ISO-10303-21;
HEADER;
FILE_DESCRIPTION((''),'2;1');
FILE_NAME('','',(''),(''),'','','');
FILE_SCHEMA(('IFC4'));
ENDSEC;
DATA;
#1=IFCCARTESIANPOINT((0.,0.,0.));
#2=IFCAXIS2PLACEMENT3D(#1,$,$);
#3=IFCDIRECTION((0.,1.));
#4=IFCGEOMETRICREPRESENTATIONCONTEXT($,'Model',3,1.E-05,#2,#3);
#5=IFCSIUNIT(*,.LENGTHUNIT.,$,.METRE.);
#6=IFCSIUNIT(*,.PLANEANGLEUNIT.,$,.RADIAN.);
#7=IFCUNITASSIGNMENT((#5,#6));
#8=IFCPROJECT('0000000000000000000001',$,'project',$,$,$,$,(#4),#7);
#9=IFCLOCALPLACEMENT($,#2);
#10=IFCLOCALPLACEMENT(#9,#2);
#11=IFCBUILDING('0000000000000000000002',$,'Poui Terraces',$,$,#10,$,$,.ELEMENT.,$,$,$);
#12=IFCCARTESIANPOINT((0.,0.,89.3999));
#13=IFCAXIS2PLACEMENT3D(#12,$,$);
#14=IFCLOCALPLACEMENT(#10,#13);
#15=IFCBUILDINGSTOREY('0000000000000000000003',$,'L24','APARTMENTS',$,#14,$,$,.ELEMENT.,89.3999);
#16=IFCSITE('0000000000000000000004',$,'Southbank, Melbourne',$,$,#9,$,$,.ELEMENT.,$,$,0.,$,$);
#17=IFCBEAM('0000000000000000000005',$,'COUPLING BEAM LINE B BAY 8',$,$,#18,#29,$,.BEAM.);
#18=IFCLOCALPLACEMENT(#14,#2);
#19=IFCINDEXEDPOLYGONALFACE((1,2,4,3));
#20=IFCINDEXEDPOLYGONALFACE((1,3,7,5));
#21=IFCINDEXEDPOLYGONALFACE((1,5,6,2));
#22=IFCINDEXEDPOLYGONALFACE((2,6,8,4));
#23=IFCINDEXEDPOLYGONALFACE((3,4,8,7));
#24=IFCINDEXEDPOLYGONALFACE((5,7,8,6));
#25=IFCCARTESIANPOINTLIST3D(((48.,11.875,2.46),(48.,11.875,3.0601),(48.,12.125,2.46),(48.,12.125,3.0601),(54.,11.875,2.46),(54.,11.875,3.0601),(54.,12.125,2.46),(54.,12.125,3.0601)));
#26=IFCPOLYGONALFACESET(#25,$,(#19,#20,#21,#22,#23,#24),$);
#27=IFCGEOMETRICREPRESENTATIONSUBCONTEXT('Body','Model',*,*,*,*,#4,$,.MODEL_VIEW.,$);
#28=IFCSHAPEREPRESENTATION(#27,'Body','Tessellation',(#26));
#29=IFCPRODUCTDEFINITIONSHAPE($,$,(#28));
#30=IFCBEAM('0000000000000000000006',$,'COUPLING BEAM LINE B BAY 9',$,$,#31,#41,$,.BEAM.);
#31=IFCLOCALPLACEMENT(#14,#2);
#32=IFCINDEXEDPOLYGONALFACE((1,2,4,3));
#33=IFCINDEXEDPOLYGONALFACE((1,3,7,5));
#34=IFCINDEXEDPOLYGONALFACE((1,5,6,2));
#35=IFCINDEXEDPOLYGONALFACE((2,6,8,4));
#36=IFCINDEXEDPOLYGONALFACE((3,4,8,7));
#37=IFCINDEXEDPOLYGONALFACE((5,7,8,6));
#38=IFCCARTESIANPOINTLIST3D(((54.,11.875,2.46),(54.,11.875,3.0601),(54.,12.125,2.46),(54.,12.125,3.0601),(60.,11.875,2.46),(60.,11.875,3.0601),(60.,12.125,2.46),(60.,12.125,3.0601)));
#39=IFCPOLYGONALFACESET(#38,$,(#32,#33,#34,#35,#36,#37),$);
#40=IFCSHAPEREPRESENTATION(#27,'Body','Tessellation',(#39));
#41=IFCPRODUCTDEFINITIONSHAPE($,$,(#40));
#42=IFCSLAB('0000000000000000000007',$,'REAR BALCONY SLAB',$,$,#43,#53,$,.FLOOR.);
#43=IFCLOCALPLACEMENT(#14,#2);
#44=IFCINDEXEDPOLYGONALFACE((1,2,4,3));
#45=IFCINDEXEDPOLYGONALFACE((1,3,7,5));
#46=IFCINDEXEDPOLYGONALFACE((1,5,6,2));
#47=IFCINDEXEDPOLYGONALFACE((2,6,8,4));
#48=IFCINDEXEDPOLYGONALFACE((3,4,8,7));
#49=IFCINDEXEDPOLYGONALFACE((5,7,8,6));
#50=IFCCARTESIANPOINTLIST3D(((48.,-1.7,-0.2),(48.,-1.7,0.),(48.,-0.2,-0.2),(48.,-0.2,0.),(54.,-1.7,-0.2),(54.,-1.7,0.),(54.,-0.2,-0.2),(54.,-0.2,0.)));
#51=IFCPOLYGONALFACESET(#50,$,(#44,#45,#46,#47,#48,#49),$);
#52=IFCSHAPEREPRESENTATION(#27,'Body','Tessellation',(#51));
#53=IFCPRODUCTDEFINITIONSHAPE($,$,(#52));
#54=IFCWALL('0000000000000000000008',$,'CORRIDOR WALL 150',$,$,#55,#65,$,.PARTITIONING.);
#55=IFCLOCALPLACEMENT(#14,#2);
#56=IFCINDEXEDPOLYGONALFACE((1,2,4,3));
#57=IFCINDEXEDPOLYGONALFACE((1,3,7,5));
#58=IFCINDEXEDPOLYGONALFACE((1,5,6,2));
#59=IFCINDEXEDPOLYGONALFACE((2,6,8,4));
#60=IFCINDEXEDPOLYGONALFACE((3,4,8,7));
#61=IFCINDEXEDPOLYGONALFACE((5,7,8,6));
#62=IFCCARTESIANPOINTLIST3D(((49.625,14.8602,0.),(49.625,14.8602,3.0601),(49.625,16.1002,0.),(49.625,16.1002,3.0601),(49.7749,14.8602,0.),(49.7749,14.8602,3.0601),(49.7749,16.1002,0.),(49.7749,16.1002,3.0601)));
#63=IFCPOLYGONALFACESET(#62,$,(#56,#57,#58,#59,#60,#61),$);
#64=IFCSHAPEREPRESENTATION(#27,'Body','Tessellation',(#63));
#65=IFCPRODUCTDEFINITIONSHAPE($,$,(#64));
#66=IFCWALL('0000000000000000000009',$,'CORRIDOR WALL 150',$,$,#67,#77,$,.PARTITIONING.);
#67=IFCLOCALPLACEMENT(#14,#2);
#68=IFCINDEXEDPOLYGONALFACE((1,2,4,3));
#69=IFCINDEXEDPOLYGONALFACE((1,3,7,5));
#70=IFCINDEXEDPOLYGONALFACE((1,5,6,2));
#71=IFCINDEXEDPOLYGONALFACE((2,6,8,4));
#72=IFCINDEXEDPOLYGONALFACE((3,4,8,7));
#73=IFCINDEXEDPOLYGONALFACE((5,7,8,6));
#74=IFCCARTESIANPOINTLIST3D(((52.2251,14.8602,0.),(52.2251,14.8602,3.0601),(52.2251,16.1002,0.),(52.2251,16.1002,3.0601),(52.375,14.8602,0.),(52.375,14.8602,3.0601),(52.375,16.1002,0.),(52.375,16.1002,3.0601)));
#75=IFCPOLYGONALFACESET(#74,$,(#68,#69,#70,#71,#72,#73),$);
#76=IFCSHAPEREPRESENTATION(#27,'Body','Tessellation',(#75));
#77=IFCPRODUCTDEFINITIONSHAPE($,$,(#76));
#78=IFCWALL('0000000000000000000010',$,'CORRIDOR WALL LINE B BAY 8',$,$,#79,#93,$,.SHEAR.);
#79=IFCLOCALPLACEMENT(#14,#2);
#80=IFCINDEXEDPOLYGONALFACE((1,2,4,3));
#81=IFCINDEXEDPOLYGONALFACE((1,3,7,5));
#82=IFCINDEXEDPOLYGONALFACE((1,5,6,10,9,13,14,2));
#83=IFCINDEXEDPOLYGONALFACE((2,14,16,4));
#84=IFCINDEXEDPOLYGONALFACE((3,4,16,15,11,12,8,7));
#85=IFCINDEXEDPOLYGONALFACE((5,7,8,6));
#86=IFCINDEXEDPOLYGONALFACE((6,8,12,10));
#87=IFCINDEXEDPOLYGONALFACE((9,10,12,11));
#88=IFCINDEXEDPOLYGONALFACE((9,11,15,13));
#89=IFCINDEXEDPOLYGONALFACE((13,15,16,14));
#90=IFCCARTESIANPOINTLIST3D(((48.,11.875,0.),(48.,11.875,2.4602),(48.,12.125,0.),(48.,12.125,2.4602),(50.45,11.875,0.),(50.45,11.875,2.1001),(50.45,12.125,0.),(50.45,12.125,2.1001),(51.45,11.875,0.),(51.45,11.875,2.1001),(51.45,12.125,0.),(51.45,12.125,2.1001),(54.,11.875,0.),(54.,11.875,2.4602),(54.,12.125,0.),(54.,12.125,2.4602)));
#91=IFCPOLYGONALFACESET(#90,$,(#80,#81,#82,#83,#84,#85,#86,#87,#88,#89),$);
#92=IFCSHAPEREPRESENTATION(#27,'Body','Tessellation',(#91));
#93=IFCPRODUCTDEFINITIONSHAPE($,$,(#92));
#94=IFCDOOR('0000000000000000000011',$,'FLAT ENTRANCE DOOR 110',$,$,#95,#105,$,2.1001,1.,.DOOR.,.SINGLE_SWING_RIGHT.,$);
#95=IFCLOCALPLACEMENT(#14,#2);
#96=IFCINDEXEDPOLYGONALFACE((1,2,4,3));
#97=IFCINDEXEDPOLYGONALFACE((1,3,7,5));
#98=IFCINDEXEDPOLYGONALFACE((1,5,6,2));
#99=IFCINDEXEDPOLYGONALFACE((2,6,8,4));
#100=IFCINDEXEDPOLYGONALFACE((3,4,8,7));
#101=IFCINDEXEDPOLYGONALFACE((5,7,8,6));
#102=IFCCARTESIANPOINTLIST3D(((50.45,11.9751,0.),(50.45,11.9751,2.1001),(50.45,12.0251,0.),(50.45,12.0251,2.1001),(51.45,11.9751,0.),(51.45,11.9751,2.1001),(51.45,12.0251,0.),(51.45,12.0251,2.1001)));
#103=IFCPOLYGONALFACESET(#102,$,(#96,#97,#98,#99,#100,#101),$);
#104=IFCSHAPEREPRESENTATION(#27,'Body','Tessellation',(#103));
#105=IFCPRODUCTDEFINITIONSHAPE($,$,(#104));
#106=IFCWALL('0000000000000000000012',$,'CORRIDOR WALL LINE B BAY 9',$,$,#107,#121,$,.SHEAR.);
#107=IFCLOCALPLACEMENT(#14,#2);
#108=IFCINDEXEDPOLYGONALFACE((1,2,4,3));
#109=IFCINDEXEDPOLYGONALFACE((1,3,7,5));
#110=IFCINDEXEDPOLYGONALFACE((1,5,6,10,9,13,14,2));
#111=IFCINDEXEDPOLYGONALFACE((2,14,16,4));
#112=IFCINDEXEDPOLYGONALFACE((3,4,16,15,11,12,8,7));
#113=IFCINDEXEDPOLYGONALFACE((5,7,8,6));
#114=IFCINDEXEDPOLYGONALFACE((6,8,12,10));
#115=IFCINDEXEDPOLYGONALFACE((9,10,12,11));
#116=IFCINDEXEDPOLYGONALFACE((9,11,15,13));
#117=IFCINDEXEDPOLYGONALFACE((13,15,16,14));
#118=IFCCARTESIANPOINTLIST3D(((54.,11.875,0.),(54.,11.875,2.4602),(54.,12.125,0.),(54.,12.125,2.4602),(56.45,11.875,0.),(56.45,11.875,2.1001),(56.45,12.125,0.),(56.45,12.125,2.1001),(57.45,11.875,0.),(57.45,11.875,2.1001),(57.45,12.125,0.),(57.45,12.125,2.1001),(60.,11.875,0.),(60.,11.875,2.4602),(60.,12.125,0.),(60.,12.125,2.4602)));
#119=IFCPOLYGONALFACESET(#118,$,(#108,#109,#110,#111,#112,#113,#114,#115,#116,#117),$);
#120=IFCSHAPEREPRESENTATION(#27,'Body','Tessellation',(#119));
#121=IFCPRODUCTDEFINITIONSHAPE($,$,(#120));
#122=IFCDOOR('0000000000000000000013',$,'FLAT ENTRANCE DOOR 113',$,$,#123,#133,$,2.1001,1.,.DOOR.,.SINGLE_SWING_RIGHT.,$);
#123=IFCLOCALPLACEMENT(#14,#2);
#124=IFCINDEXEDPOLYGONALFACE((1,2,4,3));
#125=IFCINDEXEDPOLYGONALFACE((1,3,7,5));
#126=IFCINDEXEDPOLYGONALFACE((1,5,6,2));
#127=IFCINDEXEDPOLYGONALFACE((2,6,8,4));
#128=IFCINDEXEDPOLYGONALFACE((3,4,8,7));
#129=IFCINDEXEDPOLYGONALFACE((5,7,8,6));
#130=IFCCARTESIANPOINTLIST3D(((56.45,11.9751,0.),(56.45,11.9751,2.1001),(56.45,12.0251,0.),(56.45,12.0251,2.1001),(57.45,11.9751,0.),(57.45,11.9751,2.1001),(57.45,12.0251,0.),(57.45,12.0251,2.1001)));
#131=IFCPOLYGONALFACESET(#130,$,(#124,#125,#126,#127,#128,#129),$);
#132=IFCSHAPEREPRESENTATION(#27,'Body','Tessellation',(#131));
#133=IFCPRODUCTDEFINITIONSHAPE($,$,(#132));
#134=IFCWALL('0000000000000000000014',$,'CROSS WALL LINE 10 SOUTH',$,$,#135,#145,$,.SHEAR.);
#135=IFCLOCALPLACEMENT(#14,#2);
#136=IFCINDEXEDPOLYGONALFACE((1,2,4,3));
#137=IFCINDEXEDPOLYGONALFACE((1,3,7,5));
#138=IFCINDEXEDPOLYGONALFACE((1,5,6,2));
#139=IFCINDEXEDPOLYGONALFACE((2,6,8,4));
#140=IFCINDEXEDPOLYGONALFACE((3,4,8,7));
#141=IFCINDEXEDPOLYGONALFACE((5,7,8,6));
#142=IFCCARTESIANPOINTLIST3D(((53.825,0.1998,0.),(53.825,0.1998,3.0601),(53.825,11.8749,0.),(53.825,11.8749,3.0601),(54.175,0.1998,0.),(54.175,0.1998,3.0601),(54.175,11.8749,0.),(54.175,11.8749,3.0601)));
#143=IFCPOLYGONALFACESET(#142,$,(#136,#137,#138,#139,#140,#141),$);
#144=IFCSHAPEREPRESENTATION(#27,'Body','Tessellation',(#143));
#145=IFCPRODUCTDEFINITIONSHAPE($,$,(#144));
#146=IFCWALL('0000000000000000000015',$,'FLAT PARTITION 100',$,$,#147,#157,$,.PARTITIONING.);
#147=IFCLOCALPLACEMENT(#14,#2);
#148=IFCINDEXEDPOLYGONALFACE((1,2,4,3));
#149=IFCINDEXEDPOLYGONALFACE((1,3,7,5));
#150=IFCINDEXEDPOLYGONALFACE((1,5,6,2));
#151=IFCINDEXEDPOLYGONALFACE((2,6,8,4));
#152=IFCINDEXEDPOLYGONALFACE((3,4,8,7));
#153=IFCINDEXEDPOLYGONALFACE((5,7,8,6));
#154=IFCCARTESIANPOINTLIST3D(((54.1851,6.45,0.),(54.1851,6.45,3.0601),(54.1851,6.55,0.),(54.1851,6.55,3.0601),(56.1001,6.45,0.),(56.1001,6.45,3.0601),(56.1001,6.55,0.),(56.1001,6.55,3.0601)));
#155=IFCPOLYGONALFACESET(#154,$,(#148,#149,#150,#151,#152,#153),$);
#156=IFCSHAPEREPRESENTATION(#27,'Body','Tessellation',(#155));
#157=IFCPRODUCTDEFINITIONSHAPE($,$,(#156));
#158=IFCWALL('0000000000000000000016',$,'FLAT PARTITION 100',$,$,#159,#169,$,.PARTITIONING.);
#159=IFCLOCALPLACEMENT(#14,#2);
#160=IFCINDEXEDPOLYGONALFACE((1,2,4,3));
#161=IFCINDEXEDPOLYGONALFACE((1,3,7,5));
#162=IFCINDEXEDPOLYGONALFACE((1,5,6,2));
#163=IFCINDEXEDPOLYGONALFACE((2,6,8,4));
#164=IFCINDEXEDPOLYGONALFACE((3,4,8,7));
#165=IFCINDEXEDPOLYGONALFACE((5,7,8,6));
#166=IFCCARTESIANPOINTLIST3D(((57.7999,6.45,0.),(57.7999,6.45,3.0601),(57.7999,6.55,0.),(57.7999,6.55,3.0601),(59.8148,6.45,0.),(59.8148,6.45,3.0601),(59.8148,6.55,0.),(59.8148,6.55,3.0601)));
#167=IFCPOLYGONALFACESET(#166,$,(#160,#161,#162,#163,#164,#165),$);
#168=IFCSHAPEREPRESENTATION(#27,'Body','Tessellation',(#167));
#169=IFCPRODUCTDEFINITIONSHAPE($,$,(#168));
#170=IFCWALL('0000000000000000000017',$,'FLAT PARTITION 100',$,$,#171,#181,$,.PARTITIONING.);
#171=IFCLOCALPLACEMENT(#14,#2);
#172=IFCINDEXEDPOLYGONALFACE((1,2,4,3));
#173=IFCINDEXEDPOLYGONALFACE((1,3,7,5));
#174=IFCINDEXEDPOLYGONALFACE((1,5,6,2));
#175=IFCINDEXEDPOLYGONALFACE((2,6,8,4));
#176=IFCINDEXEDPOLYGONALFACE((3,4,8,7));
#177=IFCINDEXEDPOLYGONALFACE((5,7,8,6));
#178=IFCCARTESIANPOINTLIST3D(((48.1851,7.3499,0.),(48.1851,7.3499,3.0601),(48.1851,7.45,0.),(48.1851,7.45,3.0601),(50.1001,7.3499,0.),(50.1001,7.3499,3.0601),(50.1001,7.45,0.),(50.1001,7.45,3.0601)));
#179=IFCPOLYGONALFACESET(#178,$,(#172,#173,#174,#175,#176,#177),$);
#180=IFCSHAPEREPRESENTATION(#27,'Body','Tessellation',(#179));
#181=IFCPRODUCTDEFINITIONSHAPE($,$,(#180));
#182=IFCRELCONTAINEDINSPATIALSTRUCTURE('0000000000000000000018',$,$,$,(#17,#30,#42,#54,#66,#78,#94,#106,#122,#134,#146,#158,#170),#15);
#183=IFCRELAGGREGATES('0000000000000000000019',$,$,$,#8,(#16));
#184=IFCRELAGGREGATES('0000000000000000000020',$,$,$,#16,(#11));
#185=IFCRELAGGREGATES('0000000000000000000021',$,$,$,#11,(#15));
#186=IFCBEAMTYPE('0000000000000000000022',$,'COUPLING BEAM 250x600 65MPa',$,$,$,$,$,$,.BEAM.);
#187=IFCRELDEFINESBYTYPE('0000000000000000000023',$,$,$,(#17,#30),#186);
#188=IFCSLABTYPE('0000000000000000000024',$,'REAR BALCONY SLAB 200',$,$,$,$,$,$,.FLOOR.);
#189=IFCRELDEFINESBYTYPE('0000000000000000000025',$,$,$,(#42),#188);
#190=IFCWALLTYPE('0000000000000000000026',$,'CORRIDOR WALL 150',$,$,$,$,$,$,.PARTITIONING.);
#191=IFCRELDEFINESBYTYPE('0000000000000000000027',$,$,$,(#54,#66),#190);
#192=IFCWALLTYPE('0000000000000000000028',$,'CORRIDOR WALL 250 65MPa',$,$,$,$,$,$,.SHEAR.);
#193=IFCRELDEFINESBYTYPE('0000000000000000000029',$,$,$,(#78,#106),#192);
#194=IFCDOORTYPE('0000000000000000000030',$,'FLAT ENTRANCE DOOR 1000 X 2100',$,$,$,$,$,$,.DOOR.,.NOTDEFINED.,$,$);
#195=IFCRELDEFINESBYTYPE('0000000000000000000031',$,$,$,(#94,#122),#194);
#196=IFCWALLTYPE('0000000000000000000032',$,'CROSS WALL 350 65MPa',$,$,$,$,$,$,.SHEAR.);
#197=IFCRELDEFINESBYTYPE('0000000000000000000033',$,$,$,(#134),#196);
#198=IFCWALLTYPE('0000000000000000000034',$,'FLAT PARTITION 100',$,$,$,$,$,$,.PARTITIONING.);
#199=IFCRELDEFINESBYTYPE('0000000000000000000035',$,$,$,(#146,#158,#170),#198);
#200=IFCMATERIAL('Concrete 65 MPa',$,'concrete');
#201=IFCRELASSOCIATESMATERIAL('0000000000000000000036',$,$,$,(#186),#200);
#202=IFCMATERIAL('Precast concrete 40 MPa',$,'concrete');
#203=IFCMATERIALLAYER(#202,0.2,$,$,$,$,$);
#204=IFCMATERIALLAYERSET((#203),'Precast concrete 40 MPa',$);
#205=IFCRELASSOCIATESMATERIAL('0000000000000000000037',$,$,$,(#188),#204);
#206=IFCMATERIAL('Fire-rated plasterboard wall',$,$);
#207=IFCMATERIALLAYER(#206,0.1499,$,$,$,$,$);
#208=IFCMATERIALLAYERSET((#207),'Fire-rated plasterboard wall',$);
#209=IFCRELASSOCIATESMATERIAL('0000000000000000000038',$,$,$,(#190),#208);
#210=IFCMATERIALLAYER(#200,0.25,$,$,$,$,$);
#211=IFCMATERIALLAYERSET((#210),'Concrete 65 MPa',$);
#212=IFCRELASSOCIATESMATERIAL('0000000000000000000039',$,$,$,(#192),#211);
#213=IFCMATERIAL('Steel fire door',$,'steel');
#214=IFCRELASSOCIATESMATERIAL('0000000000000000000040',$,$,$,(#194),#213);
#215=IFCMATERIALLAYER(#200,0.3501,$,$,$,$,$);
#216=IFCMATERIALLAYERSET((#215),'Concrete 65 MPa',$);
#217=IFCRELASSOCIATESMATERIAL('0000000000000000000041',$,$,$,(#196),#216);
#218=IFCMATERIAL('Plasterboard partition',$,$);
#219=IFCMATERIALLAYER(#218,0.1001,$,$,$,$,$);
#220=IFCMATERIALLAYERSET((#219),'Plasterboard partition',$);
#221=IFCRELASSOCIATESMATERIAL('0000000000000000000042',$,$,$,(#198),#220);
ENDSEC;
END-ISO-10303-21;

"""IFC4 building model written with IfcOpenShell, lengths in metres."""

from ifc_helpers import new_model, si_unit, direction, frame, frame_2d, origin, origin_2d, place, context, subcontext, project, spatial, polyline, rectangle, outline, extrude, source, transform, mapped, material, layer, layer_set, material_profile, profile_set, type_object, element, fill, save


model = new_model("IFC4")

# Units and contexts
model_context = context("Model", 3, precision=1e-05, world=origin(), true_north=direction((0.0, 1.0)))
body_context = subcontext(model_context, "Body", "Model", "MODEL_VIEW")
ifc_project = project(units=[si_unit("LENGTHUNIT", "METRE"), si_unit("PLANEANGLEUNIT", "RADIAN")], contexts=[model_context])

# Site, building, storey
site_placement = place(None, origin())
site = spatial("IfcSite", under=ifc_project, at=site_placement, Name="Southbank, Melbourne", CompositionType="ELEMENT", RefElevation=0.0)
building_placement = place(site_placement, origin())
building = spatial("IfcBuilding", under=site, at=building_placement, Name="Poui Terraces", CompositionType="ELEMENT")
storey_placement = place(building_placement, frame((0.0, 0.0, 89.3999)))
storey = spatial("IfcBuildingStorey", under=building, at=storey_placement, Name="L24", Description="APARTMENTS", CompositionType="ELEMENT", Elevation=89.3999)

# Beams
ifc_material_1 = material(Name="Concrete 65 MPa", Category="concrete")
ifc_material_profile_1 = material_profile(ifc_material_1, rectangle(XDim=0.25, YDim=0.6001, at=origin_2d()), Name="RC 250x600")
ifc_profile_set_1 = profile_set([ifc_material_profile_1], Name="Concrete 65 MPa")
beam_type = type_object("IfcBeamType", Name="COUPLING BEAM 250x600 65MPa", PredefinedType="BEAM", material=ifc_profile_set_1)
shared_shape_1 = source(origin(), body_context, "Body", "SweptSolid", [
    extrude(rectangle(XDim=0.25, YDim=0.6001, at=origin_2d()), origin(), (0.0, 0.0, 1.0), 6.0),
])
for number, where, z_axis, x_axis, name in (
    (1, (48.0, 12.0, 2.76), (1.0, 0.0, 0.0), (0.0, 1.0, 0.0), "COUPLING BEAM LINE B BAY 8"),
    (2, (54.0, 12.0, 2.76), (1.0, 0.0, 0.0), (0.0, 1.0, 0.0), "COUPLING BEAM LINE B BAY 9"),
):
    element("IfcBeam", number, at=place(storey_placement, frame(where, z_axis=z_axis, x_axis=x_axis)), inside=storey, type_object=beam_type, Name=name, PredefinedType="BEAM", context=body_context, shape_type="MappedRepresentation", body=[
        mapped(shared_shape_1, transform((0.0, 0.0, 0.0))),
    ])

# Slab
ifc_material_2 = material(Name="Precast concrete 40 MPa", Category="concrete")
ifc_layer_1 = layer(ifc_material_2, 0.2)
ifc_layer_set_1 = layer_set([ifc_layer_1], Name="Precast concrete 40 MPa")
slab_type = type_object("IfcSlabType", Name="REAR BALCONY SLAB 200", PredefinedType="FLOOR", material=ifc_layer_set_1)
shared_shape_2 = source(origin(), body_context, "Body", "SweptSolid", [
    extrude(outline(polyline([(0.0, 0.0), (6.0, 0.0), (6.0, 1.5), (0.0, 1.5), (0.0, 0.0)])), origin(), (0.0, 0.0, 1.0), 0.2),
])
slab_placement = place(storey_placement, frame((48.0, -1.7, -0.2)))
element("IfcSlab", 3, at=slab_placement, inside=storey, type_object=slab_type, Name="REAR BALCONY SLAB", PredefinedType="FLOOR", context=body_context, shape_type="MappedRepresentation", body=[
    mapped(shared_shape_2, transform((0.0, 0.0, 0.0))),
])

# Walls
ifc_material_3 = material(Name="Fire-rated plasterboard wall")
ifc_layer_2 = layer(ifc_material_3, 0.1499)
ifc_layer_set_2 = layer_set([ifc_layer_2], Name="Fire-rated plasterboard wall")
wall_type_1 = type_object("IfcWallType", Name="CORRIDOR WALL 150", PredefinedType="PARTITIONING", material=ifc_layer_set_2)
for number, where, z_axis, x_axis, name in (
    (4, (49.7, 14.8601, 0.0), (0.0, 0.0, 1.0), (0.0, 1.0, 0.0), "CORRIDOR WALL 150"),
    (5, (52.3, 14.8601, 0.0), (0.0, 0.0, 1.0), (0.0, 1.0, 0.0), "CORRIDOR WALL 150"),
):
    element("IfcWall", number, at=place(storey_placement, frame(where, z_axis=z_axis, x_axis=x_axis)), inside=storey, type_object=wall_type_1, Name=name, PredefinedType="PARTITIONING", context=body_context, shape_type="SweptSolid", body=[
        extrude(rectangle(XDim=1.24, YDim=0.1499, at=frame_2d((0.6201, 0.0))), origin(), (0.0, 0.0, 1.0), 3.0601),
    ])

# Walls, openings, doors
ifc_layer_3 = layer(ifc_material_1, 0.25)
ifc_layer_set_3 = layer_set([ifc_layer_3], Name="Concrete 65 MPa")
wall_type_2 = type_object("IfcWallType", Name="CORRIDOR WALL 250 65MPa", PredefinedType="SHEAR", material=ifc_layer_set_3)
wall_1_placement = place(storey_placement, frame((48.0, 12.0, 0.0), z_axis=(0.0, 0.0, 1.0), x_axis=(1.0, 0.0, 0.0)))
wall_1 = element("IfcWall", 6, at=wall_1_placement, inside=storey, type_object=wall_type_2, Name="CORRIDOR WALL LINE B BAY 8", PredefinedType="SHEAR", context=body_context, shape_type="SweptSolid", body=[
    extrude(rectangle(XDim=6.0, YDim=0.25, at=frame_2d((3.0, 0.0))), origin(), (0.0, 0.0, 1.0), 2.4602),
])
opening_1_placement = place(wall_1_placement, frame((2.45, 0.0, 0.0)))
opening_1 = element("IfcOpeningElement", 7, at=opening_1_placement, cuts=wall_1, PredefinedType="OPENING", context=body_context, shape_type="SweptSolid", body=[
    extrude(rectangle(XDim=1.0, YDim=2.1001, at=frame_2d((0.5, 1.05))), frame((0.0, 0.135, 0.0), z_axis=(0.0, -1.0, 0.0), x_axis=(1.0, 0.0, 0.0)), (0.0, 0.0, 1.0), 0.27),
])
ifc_material_4 = material(Name="Steel fire door", Category="steel")
door_type_1 = type_object("IfcDoorType", Name="FLAT ENTRANCE DOOR 1000 X 2100", OperationType="NOTDEFINED", PredefinedType="DOOR", material=ifc_material_4)
door_1_placement = place(opening_1_placement, frame((1.0, 0.0, 0.0), z_axis=(0.0, 0.0, 1.0), x_axis=(-1.0, 0.0, 0.0)))
door_1 = element("IfcDoor", 8, at=door_1_placement, inside=storey, type_object=door_type_1, Name="FLAT ENTRANCE DOOR 110", OperationType="SINGLE_SWING_RIGHT", OverallHeight=2.1001, OverallWidth=1.0, PredefinedType="DOOR", context=body_context, shape_type="SweptSolid", body=[
    extrude(rectangle(XDim=1.0, YDim=2.1001, at=frame_2d((0.5, 1.05))), frame((0.0, 0.0249, 0.0), z_axis=(0.0, -1.0, 0.0), x_axis=(1.0, 0.0, 0.0)), (0.0, 0.0, 1.0), 0.05),
])
fill(opening_1, door_1)
wall_2_placement = place(storey_placement, frame((54.0, 12.0, 0.0), z_axis=(0.0, 0.0, 1.0), x_axis=(1.0, 0.0, 0.0)))
wall_2 = element("IfcWall", 9, at=wall_2_placement, inside=storey, type_object=wall_type_2, Name="CORRIDOR WALL LINE B BAY 9", PredefinedType="SHEAR", context=body_context, shape_type="SweptSolid", body=[
    extrude(rectangle(XDim=6.0, YDim=0.25, at=frame_2d((3.0, 0.0))), origin(), (0.0, 0.0, 1.0), 2.4602),
])
opening_2_placement = place(wall_2_placement, frame((2.45, 0.0, 0.0)))
opening_2 = element("IfcOpeningElement", 10, at=opening_2_placement, cuts=wall_2, PredefinedType="OPENING", context=body_context, shape_type="SweptSolid", body=[
    extrude(rectangle(XDim=1.0, YDim=2.1001, at=frame_2d((0.5, 1.05))), frame((0.0, 0.135, 0.0), z_axis=(0.0, -1.0, 0.0), x_axis=(1.0, 0.0, 0.0)), (0.0, 0.0, 1.0), 0.27),
])
door_2_placement = place(opening_2_placement, frame((1.0, 0.0, 0.0), z_axis=(0.0, 0.0, 1.0), x_axis=(-1.0, 0.0, 0.0)))
door_2 = element("IfcDoor", 11, at=door_2_placement, inside=storey, type_object=door_type_1, Name="FLAT ENTRANCE DOOR 113", OperationType="SINGLE_SWING_RIGHT", OverallHeight=2.1001, OverallWidth=1.0, PredefinedType="DOOR", context=body_context, shape_type="SweptSolid", body=[
    extrude(rectangle(XDim=1.0, YDim=2.1001, at=frame_2d((0.5, 1.05))), frame((0.0, 0.0249, 0.0), z_axis=(0.0, -1.0, 0.0), x_axis=(1.0, 0.0, 0.0)), (0.0, 0.0, 1.0), 0.05),
])
fill(opening_2, door_2)

# Walls
ifc_layer_4 = layer(ifc_material_1, 0.3501)
ifc_layer_set_4 = layer_set([ifc_layer_4], Name="Concrete 65 MPa")
wall_type_3 = type_object("IfcWallType", Name="CROSS WALL 350 65MPa", PredefinedType="SHEAR", material=ifc_layer_set_4)
wall_3_placement = place(storey_placement, frame((54.0, 0.2, 0.0), z_axis=(0.0, 0.0, 1.0), x_axis=(0.0, 1.0, 0.0)))
element("IfcWall", 12, at=wall_3_placement, inside=storey, type_object=wall_type_3, Name="CROSS WALL LINE 10 SOUTH", PredefinedType="SHEAR", context=body_context, shape_type="SweptSolid", body=[
    extrude(rectangle(XDim=11.675, YDim=0.3501, at=frame_2d((5.8374, 0.0))), origin(), (0.0, 0.0, 1.0), 3.0601),
])
ifc_material_5 = material(Name="Plasterboard partition")
ifc_layer_5 = layer(ifc_material_5, 0.1001)
ifc_layer_set_5 = layer_set([ifc_layer_5], Name="Plasterboard partition")
wall_type_4 = type_object("IfcWallType", Name="FLAT PARTITION 100", PredefinedType="PARTITIONING", material=ifc_layer_set_5)
wall_4_placement = place(storey_placement, frame((54.1851, 6.5, 0.0), z_axis=(0.0, 0.0, 1.0), x_axis=(1.0, 0.0, 0.0)))
element("IfcWall", 13, at=wall_4_placement, inside=storey, type_object=wall_type_4, Name="FLAT PARTITION 100", PredefinedType="PARTITIONING", context=body_context, shape_type="SweptSolid", body=[
    extrude(rectangle(XDim=1.915, YDim=0.1001, at=frame_2d((0.9575, 0.0))), origin(), (0.0, 0.0, 1.0), 3.0601),
])
wall_5_placement = place(storey_placement, frame((57.8, 6.5, 0.0), z_axis=(0.0, 0.0, 1.0), x_axis=(1.0, 0.0, 0.0)))
element("IfcWall", 14, at=wall_5_placement, inside=storey, type_object=wall_type_4, Name="FLAT PARTITION 100", PredefinedType="PARTITIONING", context=body_context, shape_type="SweptSolid", body=[
    extrude(rectangle(XDim=2.0149, YDim=0.1001, at=frame_2d((1.0073, 0.0))), origin(), (0.0, 0.0, 1.0), 3.0601),
])
wall_6_placement = place(storey_placement, frame((48.1851, 7.3999, 0.0), z_axis=(0.0, 0.0, 1.0), x_axis=(1.0, 0.0, 0.0)))
element("IfcWall", 15, at=wall_6_placement, inside=storey, type_object=wall_type_4, Name="FLAT PARTITION 100", PredefinedType="PARTITIONING", context=body_context, shape_type="SweptSolid", body=[
    extrude(rectangle(XDim=1.915, YDim=0.1001, at=frame_2d((0.9575, 0.0))), origin(), (0.0, 0.0, 1.0), 3.0601),
])

save(model, "model.ifc")
